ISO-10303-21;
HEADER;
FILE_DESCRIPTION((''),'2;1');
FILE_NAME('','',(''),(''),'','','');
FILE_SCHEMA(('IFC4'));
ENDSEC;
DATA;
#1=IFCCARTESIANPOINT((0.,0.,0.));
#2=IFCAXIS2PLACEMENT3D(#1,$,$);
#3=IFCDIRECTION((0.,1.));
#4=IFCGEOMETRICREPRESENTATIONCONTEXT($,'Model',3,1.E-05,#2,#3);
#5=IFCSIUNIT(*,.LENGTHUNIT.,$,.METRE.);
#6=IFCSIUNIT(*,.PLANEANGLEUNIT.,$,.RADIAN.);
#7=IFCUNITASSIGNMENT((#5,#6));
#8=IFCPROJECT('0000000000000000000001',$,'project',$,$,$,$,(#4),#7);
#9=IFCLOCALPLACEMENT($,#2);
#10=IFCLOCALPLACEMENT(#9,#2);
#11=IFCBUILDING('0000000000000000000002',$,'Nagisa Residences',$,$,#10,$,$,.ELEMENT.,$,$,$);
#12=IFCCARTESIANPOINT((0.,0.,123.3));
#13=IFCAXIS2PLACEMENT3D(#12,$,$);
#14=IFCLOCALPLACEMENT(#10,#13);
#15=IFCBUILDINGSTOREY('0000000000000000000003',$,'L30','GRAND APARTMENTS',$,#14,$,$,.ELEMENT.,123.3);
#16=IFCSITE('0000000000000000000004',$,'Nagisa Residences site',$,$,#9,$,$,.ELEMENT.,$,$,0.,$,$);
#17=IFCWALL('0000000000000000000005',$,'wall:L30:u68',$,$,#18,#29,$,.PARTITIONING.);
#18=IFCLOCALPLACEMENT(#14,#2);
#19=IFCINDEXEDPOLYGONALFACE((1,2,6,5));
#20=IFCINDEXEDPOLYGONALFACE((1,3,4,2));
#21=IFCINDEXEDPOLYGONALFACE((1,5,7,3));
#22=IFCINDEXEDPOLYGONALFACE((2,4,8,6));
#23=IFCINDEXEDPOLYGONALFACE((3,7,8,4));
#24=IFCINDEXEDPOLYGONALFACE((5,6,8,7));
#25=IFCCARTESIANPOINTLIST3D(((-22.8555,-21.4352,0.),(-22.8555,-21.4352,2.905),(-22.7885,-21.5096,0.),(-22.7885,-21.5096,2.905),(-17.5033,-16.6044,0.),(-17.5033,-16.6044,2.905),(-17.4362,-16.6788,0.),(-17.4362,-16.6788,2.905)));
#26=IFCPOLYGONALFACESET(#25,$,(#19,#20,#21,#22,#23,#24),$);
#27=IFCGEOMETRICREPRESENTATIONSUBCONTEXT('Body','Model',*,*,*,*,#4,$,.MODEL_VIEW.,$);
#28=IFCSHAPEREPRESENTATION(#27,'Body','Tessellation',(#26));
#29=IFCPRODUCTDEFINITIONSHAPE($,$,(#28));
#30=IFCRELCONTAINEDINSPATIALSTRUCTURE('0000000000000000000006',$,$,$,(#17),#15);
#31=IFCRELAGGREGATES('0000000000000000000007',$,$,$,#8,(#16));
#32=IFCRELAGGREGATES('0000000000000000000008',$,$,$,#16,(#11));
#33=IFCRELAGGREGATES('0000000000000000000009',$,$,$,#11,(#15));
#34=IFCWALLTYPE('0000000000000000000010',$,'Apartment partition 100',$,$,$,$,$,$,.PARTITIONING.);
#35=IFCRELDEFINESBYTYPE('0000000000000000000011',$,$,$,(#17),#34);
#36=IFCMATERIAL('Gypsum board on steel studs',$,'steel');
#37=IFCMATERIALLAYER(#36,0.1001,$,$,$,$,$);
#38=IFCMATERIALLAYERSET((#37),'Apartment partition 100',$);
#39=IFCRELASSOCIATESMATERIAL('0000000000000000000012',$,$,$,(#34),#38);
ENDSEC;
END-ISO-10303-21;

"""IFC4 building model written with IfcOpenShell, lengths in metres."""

from ifc_helpers import new_model, si_unit, direction, frame, frame_2d, origin, place, context, subcontext, project, spatial, rectangle, extrude, material, layer, layer_set, type_object, element, save


model = new_model("IFC4")

# Units and contexts
model_context = context("Model", 3, precision=1e-05, world=origin(), true_north=direction((0.0, 1.0)))
body_context = subcontext(model_context, "Body", "Model", "MODEL_VIEW")
ifc_project = project(units=[si_unit("LENGTHUNIT", "METRE"), si_unit("PLANEANGLEUNIT", "RADIAN")], contexts=[model_context])

# Site, building, storey
site_placement = place(None, origin())
site = spatial("IfcSite", under=ifc_project, at=site_placement, Name="Nagisa Residences site", CompositionType="ELEMENT", RefElevation=0.0)
building_placement = place(site_placement, origin())
building = spatial("IfcBuilding", under=site, at=building_placement, Name="Nagisa Residences", CompositionType="ELEMENT")
storey_placement = place(building_placement, frame((0.0, 0.0, 123.3)))
storey = spatial("IfcBuildingStorey", under=building, at=storey_placement, Name="L30", Description="GRAND APARTMENTS", CompositionType="ELEMENT", Elevation=123.3)

# Shared definitions
ifc_material_1 = material(Name="Gypsum board on steel studs", Category="steel")
ifc_layer_1 = layer(ifc_material_1, 0.1001)
ifc_layer_set_1 = layer_set([ifc_layer_1], Name="Apartment partition 100")
wall_type_1 = type_object("IfcWallType", Name="Apartment partition 100", PredefinedType="PARTITIONING", material=ifc_layer_set_1)

# Wall
wall_1_placement = place(storey_placement, frame((-17.4697, -16.6416, 0.0), z_axis=(0.0, 0.0, 1.0), x_axis=(-0.742345, -0.670017, 0.0)))
element("IfcWall", 1, at=wall_1_placement, inside=storey, type_object=wall_type_1, Name="wall:L30:u68", PredefinedType="PARTITIONING", context=body_context, shape_type="SweptSolid", body=[
    extrude(rectangle(XDim=7.21, YDim=0.1001, at=frame_2d((3.605, 0.0))), origin(), (0.0, 0.0, 1.0), 2.905),
])

save(model, "model.ifc")
